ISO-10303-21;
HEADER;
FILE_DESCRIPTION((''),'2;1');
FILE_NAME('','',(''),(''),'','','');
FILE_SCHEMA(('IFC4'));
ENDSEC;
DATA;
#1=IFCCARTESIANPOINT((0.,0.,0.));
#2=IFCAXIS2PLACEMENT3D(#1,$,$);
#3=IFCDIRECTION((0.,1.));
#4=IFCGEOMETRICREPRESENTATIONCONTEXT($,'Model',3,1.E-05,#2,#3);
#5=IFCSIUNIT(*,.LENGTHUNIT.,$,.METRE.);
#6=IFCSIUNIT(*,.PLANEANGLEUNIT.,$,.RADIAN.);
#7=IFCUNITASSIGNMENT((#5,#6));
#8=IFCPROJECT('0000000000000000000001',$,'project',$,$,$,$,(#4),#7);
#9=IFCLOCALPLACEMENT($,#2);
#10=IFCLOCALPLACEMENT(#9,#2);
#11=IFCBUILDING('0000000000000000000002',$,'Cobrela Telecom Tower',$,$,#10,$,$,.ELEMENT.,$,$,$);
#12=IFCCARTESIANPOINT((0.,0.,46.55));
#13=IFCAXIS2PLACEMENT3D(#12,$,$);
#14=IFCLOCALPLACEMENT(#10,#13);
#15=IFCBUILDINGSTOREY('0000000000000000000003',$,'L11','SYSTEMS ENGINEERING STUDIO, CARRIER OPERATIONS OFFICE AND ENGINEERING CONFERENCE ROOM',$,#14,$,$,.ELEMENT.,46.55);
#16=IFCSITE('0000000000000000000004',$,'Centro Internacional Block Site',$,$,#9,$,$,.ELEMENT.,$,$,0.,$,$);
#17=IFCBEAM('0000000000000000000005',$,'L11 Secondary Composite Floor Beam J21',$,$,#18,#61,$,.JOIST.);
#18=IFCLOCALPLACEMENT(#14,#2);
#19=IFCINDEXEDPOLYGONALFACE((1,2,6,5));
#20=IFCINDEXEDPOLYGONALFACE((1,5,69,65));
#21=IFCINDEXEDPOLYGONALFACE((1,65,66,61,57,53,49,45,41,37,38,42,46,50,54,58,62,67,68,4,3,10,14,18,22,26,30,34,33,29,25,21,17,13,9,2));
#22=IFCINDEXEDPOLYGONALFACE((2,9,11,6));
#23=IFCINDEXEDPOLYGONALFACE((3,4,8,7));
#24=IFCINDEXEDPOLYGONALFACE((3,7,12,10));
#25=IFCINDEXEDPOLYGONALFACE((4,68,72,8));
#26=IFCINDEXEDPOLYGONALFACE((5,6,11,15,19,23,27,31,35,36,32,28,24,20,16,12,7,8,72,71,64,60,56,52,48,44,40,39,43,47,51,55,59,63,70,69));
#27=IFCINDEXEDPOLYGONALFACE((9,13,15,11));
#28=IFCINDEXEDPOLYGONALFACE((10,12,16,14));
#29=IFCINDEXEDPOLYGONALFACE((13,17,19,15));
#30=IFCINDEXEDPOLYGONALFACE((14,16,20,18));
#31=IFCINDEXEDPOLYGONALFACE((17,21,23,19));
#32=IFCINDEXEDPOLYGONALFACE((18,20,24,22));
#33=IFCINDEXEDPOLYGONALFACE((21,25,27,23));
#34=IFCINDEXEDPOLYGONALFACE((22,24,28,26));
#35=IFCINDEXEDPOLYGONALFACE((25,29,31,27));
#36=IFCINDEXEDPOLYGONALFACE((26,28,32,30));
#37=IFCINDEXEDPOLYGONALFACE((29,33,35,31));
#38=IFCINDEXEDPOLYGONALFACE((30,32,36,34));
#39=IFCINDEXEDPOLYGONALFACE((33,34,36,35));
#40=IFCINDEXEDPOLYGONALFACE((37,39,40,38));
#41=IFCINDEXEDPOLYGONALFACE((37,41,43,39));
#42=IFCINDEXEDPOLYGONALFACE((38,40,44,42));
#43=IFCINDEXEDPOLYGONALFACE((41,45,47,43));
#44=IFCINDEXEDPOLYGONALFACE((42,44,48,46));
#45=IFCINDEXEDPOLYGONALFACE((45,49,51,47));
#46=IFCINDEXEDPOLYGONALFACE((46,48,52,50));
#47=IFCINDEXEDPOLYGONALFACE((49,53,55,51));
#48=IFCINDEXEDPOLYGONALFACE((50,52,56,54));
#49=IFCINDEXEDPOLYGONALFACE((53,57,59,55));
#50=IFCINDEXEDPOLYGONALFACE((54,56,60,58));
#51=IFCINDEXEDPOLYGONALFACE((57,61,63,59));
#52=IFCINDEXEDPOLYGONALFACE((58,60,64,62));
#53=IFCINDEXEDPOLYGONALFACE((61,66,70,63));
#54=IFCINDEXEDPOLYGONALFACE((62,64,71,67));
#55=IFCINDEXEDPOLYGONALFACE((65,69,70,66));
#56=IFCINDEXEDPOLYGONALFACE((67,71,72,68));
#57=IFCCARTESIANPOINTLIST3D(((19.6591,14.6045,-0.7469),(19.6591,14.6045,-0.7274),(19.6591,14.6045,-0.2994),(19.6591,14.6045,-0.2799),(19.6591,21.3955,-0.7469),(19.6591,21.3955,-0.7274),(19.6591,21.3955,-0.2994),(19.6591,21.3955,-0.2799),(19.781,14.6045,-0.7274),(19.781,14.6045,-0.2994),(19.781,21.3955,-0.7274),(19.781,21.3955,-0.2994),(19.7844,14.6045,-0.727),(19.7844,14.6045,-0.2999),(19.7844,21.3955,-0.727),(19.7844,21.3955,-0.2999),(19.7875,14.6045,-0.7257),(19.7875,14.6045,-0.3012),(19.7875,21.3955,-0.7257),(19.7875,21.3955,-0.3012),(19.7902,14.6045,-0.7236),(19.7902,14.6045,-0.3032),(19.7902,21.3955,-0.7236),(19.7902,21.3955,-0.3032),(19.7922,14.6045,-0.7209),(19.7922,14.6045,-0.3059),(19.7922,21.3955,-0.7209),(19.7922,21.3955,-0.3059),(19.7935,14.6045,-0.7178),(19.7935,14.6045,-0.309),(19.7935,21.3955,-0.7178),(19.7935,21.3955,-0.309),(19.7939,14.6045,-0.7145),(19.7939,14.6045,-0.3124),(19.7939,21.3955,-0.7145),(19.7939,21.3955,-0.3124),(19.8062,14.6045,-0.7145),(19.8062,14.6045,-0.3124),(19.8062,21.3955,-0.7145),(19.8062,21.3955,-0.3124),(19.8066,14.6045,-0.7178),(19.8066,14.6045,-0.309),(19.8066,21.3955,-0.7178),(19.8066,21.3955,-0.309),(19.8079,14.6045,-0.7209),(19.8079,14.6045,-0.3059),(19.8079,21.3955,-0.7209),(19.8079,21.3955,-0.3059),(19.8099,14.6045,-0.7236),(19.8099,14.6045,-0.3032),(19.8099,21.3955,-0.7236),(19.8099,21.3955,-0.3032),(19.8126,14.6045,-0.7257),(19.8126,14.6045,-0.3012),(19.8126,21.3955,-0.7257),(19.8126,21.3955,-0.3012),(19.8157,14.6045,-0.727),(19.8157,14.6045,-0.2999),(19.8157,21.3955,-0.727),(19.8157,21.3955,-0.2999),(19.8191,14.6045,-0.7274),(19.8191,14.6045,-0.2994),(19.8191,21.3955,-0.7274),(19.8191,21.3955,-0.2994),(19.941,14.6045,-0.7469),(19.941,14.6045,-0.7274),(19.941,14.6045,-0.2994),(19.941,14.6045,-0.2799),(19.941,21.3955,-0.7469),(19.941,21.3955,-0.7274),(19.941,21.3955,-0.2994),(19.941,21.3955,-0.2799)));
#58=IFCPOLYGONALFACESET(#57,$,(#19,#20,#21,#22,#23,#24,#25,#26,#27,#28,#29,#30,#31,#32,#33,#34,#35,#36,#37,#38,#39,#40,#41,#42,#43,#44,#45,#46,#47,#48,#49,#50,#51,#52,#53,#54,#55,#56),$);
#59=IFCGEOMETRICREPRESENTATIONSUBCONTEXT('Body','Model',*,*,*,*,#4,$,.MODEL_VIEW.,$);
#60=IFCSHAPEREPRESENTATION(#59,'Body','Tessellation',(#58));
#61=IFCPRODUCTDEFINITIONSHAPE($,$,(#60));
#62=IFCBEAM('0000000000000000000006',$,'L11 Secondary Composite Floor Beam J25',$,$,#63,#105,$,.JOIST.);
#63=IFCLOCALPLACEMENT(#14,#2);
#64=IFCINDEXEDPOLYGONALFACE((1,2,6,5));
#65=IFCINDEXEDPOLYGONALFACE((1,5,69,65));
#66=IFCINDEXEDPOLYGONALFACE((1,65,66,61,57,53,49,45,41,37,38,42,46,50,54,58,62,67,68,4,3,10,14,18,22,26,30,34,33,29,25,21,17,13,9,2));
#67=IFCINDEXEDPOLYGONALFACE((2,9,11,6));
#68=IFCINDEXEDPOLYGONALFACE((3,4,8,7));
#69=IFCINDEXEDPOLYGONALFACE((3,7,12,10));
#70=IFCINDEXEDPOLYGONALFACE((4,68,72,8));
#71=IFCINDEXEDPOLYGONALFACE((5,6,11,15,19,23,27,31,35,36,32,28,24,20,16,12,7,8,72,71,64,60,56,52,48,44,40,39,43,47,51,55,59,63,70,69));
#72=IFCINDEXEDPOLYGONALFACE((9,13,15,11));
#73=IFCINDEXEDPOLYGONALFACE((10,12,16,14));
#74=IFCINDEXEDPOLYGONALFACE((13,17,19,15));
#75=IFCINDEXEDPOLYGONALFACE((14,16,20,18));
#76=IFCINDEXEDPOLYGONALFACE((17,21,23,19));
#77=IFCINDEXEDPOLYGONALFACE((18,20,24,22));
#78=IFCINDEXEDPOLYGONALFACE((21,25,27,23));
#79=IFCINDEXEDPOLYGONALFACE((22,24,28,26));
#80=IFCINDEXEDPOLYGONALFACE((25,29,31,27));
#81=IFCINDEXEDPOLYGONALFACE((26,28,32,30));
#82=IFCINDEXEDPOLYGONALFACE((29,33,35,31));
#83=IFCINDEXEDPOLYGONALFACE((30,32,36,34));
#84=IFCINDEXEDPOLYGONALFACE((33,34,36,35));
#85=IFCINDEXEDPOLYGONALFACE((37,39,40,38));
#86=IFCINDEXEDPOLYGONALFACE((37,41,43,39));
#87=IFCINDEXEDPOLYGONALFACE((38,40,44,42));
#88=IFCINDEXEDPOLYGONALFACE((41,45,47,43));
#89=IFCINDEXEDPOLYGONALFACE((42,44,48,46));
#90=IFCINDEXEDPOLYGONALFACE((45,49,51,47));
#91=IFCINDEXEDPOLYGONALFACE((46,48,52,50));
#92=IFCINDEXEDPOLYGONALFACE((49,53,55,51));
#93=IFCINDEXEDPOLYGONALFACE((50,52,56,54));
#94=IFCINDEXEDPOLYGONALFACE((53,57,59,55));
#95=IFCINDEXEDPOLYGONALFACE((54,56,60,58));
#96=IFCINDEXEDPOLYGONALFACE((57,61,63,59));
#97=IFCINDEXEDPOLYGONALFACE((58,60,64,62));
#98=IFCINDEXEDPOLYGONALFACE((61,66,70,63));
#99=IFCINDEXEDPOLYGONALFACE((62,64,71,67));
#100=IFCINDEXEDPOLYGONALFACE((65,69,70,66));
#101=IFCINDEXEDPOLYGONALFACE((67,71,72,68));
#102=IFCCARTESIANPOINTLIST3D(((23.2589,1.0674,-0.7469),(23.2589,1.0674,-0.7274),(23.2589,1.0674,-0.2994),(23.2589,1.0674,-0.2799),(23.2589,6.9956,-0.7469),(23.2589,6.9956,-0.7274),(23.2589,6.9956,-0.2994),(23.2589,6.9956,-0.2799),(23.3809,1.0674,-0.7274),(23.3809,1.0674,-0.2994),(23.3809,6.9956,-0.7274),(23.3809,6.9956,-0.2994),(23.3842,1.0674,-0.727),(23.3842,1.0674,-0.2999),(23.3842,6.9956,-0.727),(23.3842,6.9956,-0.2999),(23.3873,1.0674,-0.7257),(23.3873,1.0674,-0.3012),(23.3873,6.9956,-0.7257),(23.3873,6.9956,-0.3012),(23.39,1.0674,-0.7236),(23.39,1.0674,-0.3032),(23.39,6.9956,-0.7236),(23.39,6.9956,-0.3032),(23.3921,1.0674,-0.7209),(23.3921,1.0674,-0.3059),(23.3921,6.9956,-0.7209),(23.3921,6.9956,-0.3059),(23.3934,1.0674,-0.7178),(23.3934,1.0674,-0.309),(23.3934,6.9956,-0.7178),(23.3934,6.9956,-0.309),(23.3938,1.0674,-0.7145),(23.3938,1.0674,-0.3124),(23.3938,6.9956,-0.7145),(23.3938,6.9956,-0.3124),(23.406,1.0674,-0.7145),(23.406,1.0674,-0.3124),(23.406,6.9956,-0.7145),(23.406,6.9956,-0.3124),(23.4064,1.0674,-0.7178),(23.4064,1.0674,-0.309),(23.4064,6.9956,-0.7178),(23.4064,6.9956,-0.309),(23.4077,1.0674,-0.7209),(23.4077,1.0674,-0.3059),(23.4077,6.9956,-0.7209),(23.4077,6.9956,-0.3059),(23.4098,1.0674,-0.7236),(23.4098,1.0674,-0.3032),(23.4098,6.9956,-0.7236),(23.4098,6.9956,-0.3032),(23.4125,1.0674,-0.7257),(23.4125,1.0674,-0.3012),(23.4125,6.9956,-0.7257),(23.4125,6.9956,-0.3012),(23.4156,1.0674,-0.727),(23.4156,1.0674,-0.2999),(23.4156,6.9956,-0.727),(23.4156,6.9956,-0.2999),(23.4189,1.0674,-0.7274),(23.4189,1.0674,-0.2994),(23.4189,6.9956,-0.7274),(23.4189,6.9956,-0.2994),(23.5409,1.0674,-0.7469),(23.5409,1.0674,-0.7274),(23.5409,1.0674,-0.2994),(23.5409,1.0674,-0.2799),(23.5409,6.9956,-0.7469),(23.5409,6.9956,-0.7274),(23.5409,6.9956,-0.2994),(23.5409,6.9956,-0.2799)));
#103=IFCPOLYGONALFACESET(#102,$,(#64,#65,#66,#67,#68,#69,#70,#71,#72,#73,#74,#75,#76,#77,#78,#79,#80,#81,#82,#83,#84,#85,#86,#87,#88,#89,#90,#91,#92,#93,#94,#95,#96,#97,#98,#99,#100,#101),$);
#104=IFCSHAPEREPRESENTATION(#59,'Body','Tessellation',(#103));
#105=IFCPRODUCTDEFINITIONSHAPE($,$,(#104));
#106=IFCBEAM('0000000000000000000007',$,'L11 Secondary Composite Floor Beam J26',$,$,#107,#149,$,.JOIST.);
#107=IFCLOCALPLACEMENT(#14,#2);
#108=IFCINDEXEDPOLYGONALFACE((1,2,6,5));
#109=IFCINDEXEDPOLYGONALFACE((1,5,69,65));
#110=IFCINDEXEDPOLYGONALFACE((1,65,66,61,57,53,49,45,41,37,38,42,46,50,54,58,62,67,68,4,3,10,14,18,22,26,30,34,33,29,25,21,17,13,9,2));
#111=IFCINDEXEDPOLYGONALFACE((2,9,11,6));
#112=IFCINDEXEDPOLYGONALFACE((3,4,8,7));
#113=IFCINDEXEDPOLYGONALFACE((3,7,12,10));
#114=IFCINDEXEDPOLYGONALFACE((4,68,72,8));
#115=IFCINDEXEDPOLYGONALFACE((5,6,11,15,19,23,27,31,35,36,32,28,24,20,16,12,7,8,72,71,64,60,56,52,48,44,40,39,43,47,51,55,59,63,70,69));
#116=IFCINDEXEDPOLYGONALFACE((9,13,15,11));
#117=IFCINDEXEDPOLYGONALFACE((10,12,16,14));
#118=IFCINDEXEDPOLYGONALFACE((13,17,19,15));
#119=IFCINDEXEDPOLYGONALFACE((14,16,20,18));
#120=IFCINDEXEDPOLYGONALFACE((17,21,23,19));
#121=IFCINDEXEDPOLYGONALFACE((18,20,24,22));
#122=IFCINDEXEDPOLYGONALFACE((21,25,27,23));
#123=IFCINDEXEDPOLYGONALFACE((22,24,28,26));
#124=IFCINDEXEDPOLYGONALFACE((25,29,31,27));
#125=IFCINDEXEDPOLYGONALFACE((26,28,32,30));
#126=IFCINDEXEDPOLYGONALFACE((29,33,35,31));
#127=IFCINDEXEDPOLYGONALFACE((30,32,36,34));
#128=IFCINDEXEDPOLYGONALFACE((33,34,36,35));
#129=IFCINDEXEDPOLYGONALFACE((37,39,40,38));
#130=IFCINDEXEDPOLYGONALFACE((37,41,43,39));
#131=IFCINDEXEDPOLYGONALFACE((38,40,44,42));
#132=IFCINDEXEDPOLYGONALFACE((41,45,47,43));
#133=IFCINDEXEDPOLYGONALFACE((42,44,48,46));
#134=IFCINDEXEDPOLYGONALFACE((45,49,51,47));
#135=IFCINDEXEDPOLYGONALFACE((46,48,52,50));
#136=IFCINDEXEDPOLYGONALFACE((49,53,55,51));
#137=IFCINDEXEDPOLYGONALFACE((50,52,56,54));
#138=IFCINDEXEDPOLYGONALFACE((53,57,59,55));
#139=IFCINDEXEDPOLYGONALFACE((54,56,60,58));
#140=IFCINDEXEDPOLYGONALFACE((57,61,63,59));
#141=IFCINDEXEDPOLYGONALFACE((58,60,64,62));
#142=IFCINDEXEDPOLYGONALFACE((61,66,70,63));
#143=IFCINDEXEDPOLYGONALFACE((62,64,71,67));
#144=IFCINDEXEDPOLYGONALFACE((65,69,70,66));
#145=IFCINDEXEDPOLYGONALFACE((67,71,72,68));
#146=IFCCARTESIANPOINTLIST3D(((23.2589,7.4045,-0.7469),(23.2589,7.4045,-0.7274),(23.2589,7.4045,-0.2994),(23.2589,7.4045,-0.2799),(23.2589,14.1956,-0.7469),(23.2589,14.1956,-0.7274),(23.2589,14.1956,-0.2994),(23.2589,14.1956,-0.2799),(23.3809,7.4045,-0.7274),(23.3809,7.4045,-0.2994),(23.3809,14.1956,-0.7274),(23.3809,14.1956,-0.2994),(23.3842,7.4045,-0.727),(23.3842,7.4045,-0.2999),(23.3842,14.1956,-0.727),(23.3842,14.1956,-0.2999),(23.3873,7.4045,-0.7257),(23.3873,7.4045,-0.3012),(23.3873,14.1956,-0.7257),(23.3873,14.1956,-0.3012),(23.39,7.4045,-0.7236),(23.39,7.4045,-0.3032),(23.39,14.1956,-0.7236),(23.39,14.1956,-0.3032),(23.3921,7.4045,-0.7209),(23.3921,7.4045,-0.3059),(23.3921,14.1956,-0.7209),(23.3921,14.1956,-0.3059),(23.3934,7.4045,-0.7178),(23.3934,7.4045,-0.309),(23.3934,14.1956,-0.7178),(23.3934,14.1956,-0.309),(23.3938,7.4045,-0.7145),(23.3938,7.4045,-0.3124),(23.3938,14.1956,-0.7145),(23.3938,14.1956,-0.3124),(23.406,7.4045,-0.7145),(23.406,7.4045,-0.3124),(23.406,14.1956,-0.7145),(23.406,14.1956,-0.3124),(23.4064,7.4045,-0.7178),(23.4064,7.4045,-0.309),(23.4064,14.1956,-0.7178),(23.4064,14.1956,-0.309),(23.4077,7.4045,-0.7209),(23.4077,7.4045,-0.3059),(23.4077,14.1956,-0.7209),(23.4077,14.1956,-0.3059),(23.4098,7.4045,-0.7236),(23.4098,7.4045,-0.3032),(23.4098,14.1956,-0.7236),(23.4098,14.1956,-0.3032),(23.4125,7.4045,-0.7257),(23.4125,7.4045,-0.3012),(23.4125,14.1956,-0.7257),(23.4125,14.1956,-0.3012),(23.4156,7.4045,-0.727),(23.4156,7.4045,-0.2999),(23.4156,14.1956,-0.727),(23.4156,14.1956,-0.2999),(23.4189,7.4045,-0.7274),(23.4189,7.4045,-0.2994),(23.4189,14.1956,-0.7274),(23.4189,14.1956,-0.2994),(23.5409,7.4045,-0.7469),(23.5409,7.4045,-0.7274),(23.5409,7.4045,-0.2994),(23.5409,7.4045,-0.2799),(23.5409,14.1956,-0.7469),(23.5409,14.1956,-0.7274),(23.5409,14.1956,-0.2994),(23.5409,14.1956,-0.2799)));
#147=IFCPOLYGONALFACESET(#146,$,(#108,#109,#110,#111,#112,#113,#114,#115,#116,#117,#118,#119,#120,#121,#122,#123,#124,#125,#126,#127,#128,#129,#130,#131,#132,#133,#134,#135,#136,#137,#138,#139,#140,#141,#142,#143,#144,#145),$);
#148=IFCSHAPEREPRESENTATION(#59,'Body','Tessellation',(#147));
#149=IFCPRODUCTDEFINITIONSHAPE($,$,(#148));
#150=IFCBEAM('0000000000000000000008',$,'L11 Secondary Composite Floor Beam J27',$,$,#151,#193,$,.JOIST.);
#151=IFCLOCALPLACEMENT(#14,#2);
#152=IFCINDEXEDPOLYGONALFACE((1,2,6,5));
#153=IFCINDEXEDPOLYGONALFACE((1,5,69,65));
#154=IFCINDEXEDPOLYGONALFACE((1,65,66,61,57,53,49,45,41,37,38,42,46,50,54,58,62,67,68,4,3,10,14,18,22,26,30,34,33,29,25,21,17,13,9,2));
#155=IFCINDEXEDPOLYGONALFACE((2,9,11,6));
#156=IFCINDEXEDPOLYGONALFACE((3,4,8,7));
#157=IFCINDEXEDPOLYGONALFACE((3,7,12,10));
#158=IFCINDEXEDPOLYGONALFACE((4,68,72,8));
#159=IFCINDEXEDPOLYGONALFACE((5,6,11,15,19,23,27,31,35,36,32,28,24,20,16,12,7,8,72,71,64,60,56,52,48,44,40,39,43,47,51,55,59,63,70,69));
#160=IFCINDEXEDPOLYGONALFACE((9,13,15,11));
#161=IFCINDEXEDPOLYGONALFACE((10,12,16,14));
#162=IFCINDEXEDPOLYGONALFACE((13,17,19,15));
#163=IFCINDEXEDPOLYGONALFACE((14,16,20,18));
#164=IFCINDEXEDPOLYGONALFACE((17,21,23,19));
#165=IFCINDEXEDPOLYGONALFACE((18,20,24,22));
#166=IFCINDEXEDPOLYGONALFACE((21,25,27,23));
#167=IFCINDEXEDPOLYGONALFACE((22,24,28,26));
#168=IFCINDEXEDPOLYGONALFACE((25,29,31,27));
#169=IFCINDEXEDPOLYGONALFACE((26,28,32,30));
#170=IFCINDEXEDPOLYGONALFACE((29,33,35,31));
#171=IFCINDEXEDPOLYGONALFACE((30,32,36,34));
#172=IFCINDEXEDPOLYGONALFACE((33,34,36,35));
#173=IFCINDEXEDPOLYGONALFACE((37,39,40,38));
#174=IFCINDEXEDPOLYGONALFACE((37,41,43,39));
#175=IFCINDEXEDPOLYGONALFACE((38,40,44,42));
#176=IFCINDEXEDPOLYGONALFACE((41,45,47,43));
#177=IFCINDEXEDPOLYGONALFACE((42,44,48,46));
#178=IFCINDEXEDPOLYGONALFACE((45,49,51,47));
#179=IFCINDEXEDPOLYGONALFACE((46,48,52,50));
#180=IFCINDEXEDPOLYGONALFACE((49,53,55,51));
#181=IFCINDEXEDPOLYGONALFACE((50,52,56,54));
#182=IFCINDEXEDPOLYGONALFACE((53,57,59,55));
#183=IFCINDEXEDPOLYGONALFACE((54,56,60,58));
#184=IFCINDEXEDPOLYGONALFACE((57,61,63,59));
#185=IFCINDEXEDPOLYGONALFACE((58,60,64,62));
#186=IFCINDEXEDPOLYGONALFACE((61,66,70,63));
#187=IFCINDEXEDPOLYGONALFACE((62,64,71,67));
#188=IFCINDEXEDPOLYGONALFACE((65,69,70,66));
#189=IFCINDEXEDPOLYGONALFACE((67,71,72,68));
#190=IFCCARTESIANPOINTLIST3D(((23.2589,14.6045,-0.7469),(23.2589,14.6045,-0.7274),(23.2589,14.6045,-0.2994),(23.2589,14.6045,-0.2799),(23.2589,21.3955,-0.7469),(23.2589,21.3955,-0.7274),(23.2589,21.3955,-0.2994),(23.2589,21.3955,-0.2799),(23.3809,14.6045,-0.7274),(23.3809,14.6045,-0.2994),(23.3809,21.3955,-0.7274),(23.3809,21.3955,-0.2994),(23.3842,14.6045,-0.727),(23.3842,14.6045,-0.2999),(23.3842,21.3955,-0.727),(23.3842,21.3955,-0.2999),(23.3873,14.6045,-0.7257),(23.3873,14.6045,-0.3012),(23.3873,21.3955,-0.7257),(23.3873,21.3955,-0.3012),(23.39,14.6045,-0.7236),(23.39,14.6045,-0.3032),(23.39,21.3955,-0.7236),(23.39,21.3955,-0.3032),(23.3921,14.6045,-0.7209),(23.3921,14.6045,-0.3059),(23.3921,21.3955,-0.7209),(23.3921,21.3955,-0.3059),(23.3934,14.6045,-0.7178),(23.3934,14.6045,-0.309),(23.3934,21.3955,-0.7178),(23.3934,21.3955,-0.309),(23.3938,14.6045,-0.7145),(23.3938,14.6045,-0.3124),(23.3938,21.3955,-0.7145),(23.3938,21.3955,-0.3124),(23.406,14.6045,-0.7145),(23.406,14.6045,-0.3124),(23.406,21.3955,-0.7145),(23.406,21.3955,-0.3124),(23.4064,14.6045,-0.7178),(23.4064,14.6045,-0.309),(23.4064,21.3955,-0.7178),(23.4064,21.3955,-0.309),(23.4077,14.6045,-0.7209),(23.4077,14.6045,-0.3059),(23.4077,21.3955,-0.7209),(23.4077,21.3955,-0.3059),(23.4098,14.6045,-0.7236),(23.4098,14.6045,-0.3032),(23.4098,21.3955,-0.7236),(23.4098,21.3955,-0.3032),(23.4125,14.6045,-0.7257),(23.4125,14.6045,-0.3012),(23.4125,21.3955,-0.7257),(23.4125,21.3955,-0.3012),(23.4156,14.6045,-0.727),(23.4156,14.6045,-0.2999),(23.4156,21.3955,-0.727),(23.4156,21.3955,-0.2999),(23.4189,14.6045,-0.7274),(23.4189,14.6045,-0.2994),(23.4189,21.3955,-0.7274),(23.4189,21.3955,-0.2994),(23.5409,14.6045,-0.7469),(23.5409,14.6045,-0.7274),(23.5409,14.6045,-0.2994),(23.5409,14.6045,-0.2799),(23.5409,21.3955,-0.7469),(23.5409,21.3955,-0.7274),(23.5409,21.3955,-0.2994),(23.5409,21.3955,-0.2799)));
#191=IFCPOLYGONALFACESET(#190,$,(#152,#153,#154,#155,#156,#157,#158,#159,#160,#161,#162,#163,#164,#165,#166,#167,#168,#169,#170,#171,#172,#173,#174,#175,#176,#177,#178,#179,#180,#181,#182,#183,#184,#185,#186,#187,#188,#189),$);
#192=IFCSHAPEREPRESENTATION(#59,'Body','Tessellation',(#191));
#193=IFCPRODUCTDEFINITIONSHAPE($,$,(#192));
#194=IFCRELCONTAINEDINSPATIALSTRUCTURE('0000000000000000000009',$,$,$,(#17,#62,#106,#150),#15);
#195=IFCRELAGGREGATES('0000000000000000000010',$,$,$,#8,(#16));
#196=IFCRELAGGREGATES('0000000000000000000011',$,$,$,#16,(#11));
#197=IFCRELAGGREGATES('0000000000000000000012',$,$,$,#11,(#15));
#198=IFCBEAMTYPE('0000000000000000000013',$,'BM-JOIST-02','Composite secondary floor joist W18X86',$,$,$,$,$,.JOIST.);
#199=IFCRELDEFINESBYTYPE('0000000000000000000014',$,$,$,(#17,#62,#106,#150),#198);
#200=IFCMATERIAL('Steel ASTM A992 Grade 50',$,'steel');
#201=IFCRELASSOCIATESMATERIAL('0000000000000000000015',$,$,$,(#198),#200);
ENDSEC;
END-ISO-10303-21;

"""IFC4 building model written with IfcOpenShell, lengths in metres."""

from ifc_helpers import new_model, si_unit, direction, frame, origin, origin_2d, place, context, subcontext, project, spatial, i_section, extrude, material, material_profile, profile_set, type_object, element, save


model = new_model("IFC4")

# Units and contexts
model_context = context("Model", 3, precision=1e-05, world=origin(), true_north=direction((0.0, 1.0)))
body_context = subcontext(model_context, "Body", "Model", "MODEL_VIEW")
ifc_project = project(units=[si_unit("LENGTHUNIT", "METRE"), si_unit("PLANEANGLEUNIT", "RADIAN")], contexts=[model_context])

# Site, building, storey
site_placement = place(None, origin())
site = spatial("IfcSite", under=ifc_project, at=site_placement, Name="Centro Internacional Block Site", CompositionType="ELEMENT", RefElevation=0.0)
building_placement = place(site_placement, origin())
building = spatial("IfcBuilding", under=site, at=building_placement, Name="Cobrela Telecom Tower", CompositionType="ELEMENT")
storey_placement = place(building_placement, frame((0.0, 0.0, 46.55)))
storey = spatial("IfcBuildingStorey", under=building, at=storey_placement, Name="L11", Description="SYSTEMS ENGINEERING STUDIO, CARRIER OPERATIONS OFFICE AND ENGINEERING CONFERENCE ROOM", CompositionType="ELEMENT", Elevation=46.55)

# Shared definitions
ifc_material_1 = material(Name="Steel ASTM A992 Grade 50", Category="steel")

# Beams
ifc_material_profile_1 = material_profile(ifc_material_1, i_section(OverallWidth=0.282, OverallDepth=0.467, WebThickness=0.0122, FlangeThickness=0.0195, FilletRadius=0.0129, at=origin_2d()), Name="W18X86")
ifc_profile_set_1 = profile_set([ifc_material_profile_1], Name="Steel ASTM A992 Grade 50")
beam_type_1 = type_object("IfcBeamType", Name="BM-JOIST-02", Description="Composite secondary floor joist W18X86", PredefinedType="JOIST", material=ifc_profile_set_1)
for number, where, z_axis, x_axis, name in (
    (1, (19.8, 14.6045, -0.5134), (0.0, 1.0, 0.0), (-1.0, 0.0, 0.0), "L11 Secondary Composite Floor Beam J21"),
):
    element("IfcBeam", number, at=place(storey_placement, frame(where, z_axis=z_axis, x_axis=x_axis)), inside=storey, type_object=beam_type_1, Name=name, PredefinedType="JOIST", context=body_context, shape_type="SweptSolid", body=[
        extrude(i_section(OverallWidth=0.282, OverallDepth=0.467, WebThickness=0.0122, FlangeThickness=0.0195, FilletRadius=0.0129, at=origin_2d()), origin(), (0.0, 0.0, 1.0), 6.791),
    ])
beam_1_placement = place(storey_placement, frame((23.3999, 1.0674, -0.5134), z_axis=(0.0, 1.0, 0.0), x_axis=(-1.0, 0.0, 0.0)))
element("IfcBeam", 2, at=beam_1_placement, inside=storey, type_object=beam_type_1, Name="L11 Secondary Composite Floor Beam J25", PredefinedType="JOIST", context=body_context, shape_type="SweptSolid", body=[
    extrude(i_section(OverallWidth=0.282, OverallDepth=0.467, WebThickness=0.0122, FlangeThickness=0.0195, FilletRadius=0.0129, at=origin_2d()), origin(), (0.0, 0.0, 1.0), 5.9282),
])
for number, where, z_axis, x_axis, name in (
    (3, (23.3999, 7.4045, -0.5134), (0.0, 1.0, 0.0), (-1.0, 0.0, 0.0), "L11 Secondary Composite Floor Beam J26"),
    (4, (23.3999, 14.6045, -0.5134), (0.0, 1.0, 0.0), (-1.0, 0.0, 0.0), "L11 Secondary Composite Floor Beam J27"),
):
    element("IfcBeam", number, at=place(storey_placement, frame(where, z_axis=z_axis, x_axis=x_axis)), inside=storey, type_object=beam_type_1, Name=name, PredefinedType="JOIST", context=body_context, shape_type="SweptSolid", body=[
        extrude(i_section(OverallWidth=0.282, OverallDepth=0.467, WebThickness=0.0122, FlangeThickness=0.0195, FilletRadius=0.0129, at=origin_2d()), origin(), (0.0, 0.0, 1.0), 6.791),
    ])

save(model, "model.ifc")
